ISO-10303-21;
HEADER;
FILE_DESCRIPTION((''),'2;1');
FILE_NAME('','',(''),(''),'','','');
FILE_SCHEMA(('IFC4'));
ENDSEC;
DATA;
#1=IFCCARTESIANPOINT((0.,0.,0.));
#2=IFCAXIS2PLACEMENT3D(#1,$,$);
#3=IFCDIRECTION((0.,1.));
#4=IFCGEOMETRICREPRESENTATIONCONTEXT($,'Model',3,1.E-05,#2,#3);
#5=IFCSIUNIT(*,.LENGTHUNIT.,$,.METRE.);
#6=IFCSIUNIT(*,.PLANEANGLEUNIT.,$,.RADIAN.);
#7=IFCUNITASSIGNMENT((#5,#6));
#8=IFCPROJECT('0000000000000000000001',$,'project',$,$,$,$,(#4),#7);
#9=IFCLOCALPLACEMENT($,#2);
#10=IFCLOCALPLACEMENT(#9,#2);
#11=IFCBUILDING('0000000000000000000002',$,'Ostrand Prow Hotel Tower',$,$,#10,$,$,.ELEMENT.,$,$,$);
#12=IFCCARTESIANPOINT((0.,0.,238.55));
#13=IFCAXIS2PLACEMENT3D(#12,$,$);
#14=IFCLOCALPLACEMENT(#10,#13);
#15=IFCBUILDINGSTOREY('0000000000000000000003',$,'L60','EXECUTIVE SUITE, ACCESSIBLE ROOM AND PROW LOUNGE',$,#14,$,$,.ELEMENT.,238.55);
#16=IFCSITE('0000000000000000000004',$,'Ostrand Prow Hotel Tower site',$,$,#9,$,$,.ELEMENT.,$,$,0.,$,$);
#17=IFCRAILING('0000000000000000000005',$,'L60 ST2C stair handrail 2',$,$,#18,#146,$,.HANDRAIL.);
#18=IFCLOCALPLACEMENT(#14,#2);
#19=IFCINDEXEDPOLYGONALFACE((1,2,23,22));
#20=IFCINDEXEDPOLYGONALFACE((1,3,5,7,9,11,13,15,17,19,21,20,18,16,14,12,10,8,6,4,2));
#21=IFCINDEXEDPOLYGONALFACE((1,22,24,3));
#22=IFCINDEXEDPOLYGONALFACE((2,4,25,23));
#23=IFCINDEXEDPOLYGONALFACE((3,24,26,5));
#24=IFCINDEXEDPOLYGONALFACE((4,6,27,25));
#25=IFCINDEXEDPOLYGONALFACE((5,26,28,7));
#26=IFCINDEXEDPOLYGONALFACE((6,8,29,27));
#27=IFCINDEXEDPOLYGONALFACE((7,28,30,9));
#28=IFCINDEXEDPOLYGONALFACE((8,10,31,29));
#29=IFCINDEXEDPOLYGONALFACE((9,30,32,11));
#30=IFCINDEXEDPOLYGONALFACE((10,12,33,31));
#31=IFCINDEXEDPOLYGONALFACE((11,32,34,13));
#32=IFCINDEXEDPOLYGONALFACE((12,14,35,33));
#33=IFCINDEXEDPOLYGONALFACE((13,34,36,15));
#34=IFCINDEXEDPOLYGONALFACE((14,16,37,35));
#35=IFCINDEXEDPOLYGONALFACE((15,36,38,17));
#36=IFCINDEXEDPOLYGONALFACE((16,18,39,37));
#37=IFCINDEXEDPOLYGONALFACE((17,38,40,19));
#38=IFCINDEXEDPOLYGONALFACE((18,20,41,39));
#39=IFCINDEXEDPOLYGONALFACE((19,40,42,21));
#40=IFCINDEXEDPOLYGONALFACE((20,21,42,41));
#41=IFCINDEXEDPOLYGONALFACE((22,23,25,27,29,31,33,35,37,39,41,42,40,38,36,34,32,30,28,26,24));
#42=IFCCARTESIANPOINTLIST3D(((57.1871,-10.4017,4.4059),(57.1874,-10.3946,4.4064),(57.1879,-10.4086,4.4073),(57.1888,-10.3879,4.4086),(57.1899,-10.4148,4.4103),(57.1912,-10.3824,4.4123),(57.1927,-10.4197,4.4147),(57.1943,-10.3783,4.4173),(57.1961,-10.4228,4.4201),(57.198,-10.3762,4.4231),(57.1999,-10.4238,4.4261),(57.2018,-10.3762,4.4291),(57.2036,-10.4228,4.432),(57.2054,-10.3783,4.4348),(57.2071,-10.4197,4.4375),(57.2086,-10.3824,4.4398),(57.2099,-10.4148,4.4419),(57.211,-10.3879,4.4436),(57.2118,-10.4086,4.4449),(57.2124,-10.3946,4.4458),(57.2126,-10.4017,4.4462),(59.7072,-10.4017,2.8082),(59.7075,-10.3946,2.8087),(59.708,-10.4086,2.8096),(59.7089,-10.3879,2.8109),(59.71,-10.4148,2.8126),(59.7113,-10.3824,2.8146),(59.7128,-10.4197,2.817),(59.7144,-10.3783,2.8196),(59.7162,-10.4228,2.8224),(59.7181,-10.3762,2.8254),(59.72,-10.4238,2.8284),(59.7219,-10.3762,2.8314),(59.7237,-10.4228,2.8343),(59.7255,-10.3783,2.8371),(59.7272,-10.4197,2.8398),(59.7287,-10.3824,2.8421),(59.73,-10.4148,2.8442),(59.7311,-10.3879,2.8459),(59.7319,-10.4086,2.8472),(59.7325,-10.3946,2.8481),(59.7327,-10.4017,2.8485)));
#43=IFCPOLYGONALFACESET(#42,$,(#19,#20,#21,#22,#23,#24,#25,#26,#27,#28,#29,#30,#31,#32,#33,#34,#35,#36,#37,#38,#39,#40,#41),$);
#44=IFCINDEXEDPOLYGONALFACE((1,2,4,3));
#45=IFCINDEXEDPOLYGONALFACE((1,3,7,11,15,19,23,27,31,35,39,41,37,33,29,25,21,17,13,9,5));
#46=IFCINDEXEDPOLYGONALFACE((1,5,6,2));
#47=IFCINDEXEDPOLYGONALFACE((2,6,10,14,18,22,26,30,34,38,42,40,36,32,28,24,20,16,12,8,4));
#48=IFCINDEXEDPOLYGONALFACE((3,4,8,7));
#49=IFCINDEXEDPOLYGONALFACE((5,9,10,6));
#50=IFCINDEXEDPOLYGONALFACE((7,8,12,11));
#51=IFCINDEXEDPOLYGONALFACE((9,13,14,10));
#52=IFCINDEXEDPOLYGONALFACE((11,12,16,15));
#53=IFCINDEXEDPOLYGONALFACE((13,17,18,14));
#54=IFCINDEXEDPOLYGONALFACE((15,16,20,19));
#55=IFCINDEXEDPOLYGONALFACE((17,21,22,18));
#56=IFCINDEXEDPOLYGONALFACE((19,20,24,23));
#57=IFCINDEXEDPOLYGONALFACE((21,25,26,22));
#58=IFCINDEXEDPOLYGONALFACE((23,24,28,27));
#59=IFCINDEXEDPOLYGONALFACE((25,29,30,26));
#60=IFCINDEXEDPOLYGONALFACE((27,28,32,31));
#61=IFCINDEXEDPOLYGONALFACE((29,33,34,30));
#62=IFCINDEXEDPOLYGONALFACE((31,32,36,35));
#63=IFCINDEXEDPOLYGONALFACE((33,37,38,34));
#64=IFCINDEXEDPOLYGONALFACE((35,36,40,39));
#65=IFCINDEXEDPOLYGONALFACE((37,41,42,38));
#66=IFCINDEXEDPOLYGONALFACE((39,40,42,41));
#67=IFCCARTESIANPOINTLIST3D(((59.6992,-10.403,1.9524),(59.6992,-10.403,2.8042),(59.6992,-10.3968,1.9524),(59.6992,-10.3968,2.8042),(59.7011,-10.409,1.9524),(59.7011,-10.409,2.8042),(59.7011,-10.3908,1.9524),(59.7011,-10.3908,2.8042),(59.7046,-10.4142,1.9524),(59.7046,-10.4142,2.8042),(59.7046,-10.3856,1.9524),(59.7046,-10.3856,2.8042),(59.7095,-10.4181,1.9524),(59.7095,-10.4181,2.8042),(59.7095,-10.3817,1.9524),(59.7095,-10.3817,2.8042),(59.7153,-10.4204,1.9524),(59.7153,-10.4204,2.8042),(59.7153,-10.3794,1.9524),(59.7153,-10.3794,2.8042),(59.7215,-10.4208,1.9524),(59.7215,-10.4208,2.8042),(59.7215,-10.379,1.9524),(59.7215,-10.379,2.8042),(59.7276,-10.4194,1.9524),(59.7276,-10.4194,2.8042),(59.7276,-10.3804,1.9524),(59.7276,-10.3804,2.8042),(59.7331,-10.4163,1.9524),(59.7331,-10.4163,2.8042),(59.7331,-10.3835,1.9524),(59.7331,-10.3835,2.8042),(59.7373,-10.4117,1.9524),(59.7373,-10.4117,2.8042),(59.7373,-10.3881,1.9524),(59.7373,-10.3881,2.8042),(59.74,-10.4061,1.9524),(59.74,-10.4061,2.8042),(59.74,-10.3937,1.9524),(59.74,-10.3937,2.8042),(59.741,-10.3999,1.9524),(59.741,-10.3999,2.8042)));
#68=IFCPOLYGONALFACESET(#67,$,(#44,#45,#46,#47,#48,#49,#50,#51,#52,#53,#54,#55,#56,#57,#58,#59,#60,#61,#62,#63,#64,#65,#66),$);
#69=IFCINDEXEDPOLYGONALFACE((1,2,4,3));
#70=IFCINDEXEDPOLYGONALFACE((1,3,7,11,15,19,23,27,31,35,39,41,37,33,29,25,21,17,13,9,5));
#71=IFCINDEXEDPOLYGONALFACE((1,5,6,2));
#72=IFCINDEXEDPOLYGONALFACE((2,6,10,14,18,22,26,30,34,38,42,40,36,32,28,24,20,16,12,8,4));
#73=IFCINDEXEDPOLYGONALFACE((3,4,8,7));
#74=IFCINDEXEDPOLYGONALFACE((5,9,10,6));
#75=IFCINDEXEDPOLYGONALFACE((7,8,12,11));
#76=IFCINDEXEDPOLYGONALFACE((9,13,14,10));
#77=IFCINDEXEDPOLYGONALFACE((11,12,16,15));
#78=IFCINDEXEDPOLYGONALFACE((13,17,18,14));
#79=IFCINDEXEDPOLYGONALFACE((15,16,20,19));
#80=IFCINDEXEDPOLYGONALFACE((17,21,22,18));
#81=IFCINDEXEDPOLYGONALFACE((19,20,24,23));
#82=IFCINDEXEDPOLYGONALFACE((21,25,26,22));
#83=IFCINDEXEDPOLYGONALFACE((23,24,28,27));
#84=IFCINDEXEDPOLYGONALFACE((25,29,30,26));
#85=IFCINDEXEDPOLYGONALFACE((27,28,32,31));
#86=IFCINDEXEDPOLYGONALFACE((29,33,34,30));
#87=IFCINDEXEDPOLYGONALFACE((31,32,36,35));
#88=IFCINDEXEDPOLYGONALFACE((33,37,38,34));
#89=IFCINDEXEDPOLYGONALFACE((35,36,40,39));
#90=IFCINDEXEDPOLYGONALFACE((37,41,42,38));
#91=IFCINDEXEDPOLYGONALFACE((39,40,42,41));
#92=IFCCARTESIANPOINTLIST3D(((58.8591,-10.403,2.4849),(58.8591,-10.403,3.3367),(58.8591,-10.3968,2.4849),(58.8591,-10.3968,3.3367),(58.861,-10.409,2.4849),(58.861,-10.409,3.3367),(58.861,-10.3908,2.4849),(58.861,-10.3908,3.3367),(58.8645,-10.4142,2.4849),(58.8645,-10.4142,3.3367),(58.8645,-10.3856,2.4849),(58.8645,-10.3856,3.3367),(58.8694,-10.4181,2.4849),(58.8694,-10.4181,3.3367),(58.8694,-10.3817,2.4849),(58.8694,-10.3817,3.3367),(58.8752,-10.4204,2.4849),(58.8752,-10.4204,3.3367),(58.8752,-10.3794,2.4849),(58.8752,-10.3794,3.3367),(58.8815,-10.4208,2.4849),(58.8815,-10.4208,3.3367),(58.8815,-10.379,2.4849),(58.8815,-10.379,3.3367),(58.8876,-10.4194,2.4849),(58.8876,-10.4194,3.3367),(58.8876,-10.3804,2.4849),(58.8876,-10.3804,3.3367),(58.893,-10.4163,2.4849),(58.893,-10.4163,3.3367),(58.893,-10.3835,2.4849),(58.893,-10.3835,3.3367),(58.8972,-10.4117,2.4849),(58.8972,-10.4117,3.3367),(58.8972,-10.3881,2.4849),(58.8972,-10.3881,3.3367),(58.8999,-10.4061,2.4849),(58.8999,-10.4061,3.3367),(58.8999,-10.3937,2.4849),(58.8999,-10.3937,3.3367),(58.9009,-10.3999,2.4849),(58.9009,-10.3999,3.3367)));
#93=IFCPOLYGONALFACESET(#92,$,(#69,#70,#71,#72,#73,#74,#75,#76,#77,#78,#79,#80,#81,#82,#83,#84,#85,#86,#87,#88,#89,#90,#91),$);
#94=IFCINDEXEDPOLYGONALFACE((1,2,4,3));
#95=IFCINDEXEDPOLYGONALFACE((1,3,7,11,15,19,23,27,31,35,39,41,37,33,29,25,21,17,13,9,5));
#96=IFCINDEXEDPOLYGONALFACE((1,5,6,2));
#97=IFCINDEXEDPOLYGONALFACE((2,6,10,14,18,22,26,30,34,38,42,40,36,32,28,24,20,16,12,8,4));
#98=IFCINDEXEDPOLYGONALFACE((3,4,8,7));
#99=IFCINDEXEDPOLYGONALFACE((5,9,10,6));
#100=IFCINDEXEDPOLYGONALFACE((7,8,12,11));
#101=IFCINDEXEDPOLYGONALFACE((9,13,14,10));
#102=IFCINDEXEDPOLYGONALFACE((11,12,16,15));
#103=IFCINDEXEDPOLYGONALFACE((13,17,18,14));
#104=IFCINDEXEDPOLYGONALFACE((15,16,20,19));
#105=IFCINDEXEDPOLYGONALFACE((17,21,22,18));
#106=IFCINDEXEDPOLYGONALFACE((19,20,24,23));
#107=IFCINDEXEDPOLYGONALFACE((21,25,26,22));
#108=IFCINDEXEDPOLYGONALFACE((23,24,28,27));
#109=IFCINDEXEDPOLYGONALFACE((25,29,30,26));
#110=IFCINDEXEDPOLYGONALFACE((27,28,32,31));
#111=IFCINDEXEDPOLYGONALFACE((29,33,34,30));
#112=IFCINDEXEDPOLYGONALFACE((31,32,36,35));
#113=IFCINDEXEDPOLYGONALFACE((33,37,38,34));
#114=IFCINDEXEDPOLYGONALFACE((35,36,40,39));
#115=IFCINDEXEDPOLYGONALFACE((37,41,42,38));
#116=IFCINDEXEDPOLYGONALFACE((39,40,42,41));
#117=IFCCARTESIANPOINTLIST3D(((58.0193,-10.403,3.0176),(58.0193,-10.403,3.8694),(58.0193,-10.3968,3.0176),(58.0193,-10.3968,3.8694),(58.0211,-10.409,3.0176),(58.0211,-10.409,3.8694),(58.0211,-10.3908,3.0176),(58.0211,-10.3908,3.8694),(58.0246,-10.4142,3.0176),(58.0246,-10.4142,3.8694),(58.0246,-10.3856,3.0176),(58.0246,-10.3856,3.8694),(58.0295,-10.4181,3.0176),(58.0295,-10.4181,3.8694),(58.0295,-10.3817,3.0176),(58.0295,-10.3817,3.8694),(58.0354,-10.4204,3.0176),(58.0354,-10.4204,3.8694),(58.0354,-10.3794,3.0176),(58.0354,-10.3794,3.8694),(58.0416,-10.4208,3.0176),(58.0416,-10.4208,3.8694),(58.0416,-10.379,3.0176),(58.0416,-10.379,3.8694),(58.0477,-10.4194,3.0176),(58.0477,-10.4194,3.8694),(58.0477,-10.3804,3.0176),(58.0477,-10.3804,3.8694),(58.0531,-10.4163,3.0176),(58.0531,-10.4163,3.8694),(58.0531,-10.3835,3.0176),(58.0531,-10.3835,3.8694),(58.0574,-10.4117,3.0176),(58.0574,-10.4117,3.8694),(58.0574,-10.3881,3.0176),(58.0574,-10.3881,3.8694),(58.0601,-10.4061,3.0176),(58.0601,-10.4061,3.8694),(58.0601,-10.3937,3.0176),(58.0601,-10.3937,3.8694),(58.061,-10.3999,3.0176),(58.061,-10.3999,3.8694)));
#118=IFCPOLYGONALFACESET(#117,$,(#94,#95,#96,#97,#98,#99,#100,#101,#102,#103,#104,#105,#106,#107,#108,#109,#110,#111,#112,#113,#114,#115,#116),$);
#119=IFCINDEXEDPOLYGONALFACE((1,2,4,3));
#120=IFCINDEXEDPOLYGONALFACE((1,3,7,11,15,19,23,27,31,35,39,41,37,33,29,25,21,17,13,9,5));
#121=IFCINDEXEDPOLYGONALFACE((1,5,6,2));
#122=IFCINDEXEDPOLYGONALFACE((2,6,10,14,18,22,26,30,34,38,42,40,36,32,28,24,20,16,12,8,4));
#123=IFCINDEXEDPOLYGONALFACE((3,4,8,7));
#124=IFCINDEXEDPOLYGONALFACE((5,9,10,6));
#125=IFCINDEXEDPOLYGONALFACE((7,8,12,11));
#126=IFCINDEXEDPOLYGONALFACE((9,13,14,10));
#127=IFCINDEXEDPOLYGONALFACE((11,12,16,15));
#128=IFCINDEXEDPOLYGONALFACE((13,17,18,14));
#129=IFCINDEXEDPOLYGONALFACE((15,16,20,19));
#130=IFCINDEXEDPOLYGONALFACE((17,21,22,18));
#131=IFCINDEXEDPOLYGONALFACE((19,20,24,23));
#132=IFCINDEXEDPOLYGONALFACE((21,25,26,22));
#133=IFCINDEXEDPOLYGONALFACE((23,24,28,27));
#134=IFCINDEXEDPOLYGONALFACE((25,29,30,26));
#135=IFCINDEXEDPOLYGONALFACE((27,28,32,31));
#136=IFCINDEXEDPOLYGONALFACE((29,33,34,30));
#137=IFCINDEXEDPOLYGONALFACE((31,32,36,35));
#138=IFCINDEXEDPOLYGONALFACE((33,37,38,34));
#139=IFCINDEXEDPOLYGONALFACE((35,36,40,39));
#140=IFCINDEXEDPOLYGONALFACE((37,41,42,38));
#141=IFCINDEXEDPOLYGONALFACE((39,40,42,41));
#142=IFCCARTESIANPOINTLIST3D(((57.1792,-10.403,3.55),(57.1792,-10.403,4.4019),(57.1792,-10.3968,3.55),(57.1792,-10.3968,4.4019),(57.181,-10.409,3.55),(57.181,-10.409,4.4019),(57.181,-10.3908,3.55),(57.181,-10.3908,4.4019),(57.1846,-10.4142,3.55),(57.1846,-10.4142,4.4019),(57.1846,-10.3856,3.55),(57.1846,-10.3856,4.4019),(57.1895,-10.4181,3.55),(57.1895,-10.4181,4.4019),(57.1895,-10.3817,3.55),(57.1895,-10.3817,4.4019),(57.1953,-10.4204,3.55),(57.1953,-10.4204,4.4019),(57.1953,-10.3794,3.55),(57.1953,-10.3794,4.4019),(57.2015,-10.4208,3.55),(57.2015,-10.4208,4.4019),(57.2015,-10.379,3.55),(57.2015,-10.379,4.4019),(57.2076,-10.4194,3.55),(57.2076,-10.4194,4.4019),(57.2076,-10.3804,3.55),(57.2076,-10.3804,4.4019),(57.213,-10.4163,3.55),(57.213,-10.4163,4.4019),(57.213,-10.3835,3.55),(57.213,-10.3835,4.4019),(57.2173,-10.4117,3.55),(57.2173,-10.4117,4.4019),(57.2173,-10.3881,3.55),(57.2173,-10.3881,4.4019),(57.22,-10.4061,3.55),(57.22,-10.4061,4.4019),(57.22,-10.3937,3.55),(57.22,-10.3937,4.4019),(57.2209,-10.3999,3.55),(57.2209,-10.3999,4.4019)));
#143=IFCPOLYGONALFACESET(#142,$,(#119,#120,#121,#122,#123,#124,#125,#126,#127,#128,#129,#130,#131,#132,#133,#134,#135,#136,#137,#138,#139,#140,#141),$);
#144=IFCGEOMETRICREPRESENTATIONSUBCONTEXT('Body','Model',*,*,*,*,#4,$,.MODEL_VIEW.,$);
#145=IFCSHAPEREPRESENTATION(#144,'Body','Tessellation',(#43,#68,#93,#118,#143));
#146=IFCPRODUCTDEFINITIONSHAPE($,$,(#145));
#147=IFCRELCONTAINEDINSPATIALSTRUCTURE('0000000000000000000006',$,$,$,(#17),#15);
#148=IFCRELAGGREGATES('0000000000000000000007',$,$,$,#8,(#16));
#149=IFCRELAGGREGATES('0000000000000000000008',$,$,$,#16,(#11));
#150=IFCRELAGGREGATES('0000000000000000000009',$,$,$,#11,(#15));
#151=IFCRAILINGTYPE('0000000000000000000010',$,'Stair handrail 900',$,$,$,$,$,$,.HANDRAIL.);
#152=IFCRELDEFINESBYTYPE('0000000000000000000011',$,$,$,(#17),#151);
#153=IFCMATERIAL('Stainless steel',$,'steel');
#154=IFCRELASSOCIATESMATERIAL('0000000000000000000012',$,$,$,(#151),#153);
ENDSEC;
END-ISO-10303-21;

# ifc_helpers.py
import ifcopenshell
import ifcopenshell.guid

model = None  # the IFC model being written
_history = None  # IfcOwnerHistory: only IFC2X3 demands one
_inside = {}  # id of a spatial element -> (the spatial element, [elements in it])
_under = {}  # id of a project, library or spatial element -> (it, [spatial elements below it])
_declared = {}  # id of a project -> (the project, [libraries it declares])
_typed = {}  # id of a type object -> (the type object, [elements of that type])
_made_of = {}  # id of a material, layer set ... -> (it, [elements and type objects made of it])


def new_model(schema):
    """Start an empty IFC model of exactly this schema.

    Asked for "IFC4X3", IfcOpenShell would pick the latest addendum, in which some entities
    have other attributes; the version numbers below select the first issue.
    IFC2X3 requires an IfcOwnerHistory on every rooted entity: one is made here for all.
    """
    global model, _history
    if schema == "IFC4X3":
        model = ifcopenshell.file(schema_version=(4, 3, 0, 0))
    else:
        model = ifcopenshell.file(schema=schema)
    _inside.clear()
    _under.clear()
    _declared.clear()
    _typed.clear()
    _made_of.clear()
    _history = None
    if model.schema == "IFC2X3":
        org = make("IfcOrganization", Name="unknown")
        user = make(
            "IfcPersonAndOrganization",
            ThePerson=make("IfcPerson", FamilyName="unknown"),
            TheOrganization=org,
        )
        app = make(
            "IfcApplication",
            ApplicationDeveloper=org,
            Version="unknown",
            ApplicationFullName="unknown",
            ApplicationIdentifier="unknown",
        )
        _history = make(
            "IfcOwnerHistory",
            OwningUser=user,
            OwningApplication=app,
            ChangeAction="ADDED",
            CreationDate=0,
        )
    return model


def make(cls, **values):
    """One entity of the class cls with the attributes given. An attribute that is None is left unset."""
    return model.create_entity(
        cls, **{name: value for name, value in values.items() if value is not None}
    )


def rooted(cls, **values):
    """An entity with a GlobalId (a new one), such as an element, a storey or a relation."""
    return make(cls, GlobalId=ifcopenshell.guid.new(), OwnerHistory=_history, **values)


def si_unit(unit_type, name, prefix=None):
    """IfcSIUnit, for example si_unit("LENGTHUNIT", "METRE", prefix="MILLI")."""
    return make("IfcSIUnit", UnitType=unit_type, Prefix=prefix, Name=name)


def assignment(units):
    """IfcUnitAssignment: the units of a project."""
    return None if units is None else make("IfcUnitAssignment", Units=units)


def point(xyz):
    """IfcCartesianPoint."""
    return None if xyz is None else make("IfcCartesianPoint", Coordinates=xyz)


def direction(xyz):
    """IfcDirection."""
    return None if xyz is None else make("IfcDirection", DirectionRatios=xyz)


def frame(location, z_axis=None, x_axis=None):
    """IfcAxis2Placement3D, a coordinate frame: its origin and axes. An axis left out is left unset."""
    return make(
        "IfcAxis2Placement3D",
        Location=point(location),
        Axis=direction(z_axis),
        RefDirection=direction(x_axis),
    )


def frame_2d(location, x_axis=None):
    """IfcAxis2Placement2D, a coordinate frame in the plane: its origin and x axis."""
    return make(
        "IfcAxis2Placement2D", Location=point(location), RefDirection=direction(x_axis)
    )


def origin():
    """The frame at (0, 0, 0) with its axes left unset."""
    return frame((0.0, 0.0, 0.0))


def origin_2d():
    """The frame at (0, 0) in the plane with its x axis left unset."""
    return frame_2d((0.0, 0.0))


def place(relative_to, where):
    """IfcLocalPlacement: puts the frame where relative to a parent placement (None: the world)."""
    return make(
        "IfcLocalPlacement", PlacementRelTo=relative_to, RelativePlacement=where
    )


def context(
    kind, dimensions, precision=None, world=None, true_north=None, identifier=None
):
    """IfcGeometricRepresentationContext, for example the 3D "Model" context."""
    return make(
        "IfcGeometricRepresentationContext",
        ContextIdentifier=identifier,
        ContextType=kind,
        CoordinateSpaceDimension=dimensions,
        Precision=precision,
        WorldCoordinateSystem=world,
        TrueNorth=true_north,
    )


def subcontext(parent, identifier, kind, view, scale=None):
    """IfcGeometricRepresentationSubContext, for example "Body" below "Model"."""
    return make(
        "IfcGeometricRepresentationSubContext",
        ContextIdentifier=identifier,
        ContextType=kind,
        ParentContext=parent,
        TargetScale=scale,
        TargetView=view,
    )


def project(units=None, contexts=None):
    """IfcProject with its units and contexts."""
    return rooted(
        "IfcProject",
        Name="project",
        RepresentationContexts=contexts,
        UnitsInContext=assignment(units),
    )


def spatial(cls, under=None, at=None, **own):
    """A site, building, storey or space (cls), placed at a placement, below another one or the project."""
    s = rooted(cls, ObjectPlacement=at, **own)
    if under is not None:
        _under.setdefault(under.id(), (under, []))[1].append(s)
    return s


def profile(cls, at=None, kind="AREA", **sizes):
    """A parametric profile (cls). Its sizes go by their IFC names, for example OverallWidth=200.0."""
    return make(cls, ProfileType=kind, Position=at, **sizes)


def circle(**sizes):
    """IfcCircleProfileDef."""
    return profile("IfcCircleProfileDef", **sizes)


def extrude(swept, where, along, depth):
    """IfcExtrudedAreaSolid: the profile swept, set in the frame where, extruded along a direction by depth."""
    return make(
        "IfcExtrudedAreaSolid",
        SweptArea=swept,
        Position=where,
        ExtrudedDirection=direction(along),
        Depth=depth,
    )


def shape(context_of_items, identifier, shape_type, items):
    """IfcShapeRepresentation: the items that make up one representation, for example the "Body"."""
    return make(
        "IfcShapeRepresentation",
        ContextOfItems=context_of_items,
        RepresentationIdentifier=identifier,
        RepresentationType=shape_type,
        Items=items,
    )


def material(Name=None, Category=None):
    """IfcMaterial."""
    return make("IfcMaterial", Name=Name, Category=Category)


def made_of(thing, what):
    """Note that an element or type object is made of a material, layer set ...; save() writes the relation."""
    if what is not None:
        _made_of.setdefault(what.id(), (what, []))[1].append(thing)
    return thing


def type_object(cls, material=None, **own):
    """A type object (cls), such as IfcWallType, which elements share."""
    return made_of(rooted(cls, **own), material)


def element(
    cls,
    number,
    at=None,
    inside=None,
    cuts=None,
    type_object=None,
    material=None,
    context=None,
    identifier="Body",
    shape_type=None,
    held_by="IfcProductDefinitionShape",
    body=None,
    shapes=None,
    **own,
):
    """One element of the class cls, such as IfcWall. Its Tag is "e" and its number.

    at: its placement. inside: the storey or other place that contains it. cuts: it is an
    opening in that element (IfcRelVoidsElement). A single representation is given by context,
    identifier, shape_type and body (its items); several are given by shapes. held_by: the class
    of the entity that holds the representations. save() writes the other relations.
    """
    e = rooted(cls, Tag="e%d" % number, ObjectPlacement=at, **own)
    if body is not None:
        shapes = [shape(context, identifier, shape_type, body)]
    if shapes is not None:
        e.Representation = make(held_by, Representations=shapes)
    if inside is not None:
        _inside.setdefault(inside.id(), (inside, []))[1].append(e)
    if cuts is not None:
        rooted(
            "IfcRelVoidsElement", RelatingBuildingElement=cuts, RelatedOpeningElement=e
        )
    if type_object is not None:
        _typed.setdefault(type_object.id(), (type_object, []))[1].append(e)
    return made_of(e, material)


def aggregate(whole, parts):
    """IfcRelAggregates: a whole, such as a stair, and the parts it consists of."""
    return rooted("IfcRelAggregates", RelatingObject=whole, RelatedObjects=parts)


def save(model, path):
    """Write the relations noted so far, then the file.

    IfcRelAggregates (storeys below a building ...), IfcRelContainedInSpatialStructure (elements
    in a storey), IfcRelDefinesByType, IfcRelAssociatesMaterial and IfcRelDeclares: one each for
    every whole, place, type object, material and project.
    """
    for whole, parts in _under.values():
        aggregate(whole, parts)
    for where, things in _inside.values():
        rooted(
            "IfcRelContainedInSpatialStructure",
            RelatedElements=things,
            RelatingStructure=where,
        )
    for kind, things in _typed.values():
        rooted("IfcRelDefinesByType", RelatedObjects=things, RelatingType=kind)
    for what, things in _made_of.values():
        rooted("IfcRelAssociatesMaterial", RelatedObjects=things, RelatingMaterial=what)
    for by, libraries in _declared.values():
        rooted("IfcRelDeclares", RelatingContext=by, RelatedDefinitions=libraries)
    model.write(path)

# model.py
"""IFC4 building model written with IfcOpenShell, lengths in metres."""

from ifc_helpers import new_model, si_unit, direction, frame, origin, origin_2d, place, context, subcontext, project, spatial, circle, extrude, material, type_object, element, save


model = new_model("IFC4")

# Units and contexts
model_context = context("Model", 3, precision=1e-05, world=origin(), true_north=direction((0.0, 1.0)))
body_context = subcontext(model_context, "Body", "Model", "MODEL_VIEW")
ifc_project = project(units=[si_unit("LENGTHUNIT", "METRE"), si_unit("PLANEANGLEUNIT", "RADIAN")], contexts=[model_context])

# Site, building, storey
site_placement = place(None, origin())
site = spatial("IfcSite", under=ifc_project, at=site_placement, Name="Ostrand Prow Hotel Tower site", CompositionType="ELEMENT", RefElevation=0.0)
building_placement = place(site_placement, origin())
building = spatial("IfcBuilding", under=site, at=building_placement, Name="Ostrand Prow Hotel Tower", CompositionType="ELEMENT")
storey_placement = place(building_placement, frame((0.0, 0.0, 238.55)))
storey = spatial("IfcBuildingStorey", under=building, at=storey_placement, Name="L60", Description="EXECUTIVE SUITE, ACCESSIBLE ROOM AND PROW LOUNGE", CompositionType="ELEMENT", Elevation=238.55)

# Railing
ifc_material_1 = material(Name="Stainless steel", Category="steel")
railing_type_1 = type_object("IfcRailingType", Name="Stair handrail 900", PredefinedType="HANDRAIL", material=ifc_material_1)
railing_1_placement = place(storey_placement, frame((59.72, -10.3999, 1.9524)))
element("IfcRailing", 1, at=railing_1_placement, inside=storey, type_object=railing_type_1, Name="L60 ST2C stair handrail 2", PredefinedType="HANDRAIL", context=body_context, shape_type="SweptSolid", body=[
    extrude(circle(Radius=0.0239, at=origin_2d()), frame((0.0, 0.0, 0.876), z_axis=(-0.84457, 0.0, 0.535445), x_axis=(0.0, -1.0, 0.0)), (0.0, 0.0, 1.0), 2.9839),
    extrude(circle(Radius=0.021, at=origin_2d()), origin(), (0.0, 0.0, 1.0), 0.8518),
    extrude(circle(Radius=0.021, at=origin_2d()), frame((-0.8401, 0.0, 0.5325)), (0.0, 0.0, 1.0), 0.8518),
    extrude(circle(Radius=0.021, at=origin_2d()), frame((-1.6799, 0.0, 1.0652)), (0.0, 0.0, 1.0), 0.8518),
    extrude(circle(Radius=0.021, at=origin_2d()), frame((-2.52, 0.0, 1.5977)), (0.0, 0.0, 1.0), 0.8518),
])

save(model, "model.ifc")
